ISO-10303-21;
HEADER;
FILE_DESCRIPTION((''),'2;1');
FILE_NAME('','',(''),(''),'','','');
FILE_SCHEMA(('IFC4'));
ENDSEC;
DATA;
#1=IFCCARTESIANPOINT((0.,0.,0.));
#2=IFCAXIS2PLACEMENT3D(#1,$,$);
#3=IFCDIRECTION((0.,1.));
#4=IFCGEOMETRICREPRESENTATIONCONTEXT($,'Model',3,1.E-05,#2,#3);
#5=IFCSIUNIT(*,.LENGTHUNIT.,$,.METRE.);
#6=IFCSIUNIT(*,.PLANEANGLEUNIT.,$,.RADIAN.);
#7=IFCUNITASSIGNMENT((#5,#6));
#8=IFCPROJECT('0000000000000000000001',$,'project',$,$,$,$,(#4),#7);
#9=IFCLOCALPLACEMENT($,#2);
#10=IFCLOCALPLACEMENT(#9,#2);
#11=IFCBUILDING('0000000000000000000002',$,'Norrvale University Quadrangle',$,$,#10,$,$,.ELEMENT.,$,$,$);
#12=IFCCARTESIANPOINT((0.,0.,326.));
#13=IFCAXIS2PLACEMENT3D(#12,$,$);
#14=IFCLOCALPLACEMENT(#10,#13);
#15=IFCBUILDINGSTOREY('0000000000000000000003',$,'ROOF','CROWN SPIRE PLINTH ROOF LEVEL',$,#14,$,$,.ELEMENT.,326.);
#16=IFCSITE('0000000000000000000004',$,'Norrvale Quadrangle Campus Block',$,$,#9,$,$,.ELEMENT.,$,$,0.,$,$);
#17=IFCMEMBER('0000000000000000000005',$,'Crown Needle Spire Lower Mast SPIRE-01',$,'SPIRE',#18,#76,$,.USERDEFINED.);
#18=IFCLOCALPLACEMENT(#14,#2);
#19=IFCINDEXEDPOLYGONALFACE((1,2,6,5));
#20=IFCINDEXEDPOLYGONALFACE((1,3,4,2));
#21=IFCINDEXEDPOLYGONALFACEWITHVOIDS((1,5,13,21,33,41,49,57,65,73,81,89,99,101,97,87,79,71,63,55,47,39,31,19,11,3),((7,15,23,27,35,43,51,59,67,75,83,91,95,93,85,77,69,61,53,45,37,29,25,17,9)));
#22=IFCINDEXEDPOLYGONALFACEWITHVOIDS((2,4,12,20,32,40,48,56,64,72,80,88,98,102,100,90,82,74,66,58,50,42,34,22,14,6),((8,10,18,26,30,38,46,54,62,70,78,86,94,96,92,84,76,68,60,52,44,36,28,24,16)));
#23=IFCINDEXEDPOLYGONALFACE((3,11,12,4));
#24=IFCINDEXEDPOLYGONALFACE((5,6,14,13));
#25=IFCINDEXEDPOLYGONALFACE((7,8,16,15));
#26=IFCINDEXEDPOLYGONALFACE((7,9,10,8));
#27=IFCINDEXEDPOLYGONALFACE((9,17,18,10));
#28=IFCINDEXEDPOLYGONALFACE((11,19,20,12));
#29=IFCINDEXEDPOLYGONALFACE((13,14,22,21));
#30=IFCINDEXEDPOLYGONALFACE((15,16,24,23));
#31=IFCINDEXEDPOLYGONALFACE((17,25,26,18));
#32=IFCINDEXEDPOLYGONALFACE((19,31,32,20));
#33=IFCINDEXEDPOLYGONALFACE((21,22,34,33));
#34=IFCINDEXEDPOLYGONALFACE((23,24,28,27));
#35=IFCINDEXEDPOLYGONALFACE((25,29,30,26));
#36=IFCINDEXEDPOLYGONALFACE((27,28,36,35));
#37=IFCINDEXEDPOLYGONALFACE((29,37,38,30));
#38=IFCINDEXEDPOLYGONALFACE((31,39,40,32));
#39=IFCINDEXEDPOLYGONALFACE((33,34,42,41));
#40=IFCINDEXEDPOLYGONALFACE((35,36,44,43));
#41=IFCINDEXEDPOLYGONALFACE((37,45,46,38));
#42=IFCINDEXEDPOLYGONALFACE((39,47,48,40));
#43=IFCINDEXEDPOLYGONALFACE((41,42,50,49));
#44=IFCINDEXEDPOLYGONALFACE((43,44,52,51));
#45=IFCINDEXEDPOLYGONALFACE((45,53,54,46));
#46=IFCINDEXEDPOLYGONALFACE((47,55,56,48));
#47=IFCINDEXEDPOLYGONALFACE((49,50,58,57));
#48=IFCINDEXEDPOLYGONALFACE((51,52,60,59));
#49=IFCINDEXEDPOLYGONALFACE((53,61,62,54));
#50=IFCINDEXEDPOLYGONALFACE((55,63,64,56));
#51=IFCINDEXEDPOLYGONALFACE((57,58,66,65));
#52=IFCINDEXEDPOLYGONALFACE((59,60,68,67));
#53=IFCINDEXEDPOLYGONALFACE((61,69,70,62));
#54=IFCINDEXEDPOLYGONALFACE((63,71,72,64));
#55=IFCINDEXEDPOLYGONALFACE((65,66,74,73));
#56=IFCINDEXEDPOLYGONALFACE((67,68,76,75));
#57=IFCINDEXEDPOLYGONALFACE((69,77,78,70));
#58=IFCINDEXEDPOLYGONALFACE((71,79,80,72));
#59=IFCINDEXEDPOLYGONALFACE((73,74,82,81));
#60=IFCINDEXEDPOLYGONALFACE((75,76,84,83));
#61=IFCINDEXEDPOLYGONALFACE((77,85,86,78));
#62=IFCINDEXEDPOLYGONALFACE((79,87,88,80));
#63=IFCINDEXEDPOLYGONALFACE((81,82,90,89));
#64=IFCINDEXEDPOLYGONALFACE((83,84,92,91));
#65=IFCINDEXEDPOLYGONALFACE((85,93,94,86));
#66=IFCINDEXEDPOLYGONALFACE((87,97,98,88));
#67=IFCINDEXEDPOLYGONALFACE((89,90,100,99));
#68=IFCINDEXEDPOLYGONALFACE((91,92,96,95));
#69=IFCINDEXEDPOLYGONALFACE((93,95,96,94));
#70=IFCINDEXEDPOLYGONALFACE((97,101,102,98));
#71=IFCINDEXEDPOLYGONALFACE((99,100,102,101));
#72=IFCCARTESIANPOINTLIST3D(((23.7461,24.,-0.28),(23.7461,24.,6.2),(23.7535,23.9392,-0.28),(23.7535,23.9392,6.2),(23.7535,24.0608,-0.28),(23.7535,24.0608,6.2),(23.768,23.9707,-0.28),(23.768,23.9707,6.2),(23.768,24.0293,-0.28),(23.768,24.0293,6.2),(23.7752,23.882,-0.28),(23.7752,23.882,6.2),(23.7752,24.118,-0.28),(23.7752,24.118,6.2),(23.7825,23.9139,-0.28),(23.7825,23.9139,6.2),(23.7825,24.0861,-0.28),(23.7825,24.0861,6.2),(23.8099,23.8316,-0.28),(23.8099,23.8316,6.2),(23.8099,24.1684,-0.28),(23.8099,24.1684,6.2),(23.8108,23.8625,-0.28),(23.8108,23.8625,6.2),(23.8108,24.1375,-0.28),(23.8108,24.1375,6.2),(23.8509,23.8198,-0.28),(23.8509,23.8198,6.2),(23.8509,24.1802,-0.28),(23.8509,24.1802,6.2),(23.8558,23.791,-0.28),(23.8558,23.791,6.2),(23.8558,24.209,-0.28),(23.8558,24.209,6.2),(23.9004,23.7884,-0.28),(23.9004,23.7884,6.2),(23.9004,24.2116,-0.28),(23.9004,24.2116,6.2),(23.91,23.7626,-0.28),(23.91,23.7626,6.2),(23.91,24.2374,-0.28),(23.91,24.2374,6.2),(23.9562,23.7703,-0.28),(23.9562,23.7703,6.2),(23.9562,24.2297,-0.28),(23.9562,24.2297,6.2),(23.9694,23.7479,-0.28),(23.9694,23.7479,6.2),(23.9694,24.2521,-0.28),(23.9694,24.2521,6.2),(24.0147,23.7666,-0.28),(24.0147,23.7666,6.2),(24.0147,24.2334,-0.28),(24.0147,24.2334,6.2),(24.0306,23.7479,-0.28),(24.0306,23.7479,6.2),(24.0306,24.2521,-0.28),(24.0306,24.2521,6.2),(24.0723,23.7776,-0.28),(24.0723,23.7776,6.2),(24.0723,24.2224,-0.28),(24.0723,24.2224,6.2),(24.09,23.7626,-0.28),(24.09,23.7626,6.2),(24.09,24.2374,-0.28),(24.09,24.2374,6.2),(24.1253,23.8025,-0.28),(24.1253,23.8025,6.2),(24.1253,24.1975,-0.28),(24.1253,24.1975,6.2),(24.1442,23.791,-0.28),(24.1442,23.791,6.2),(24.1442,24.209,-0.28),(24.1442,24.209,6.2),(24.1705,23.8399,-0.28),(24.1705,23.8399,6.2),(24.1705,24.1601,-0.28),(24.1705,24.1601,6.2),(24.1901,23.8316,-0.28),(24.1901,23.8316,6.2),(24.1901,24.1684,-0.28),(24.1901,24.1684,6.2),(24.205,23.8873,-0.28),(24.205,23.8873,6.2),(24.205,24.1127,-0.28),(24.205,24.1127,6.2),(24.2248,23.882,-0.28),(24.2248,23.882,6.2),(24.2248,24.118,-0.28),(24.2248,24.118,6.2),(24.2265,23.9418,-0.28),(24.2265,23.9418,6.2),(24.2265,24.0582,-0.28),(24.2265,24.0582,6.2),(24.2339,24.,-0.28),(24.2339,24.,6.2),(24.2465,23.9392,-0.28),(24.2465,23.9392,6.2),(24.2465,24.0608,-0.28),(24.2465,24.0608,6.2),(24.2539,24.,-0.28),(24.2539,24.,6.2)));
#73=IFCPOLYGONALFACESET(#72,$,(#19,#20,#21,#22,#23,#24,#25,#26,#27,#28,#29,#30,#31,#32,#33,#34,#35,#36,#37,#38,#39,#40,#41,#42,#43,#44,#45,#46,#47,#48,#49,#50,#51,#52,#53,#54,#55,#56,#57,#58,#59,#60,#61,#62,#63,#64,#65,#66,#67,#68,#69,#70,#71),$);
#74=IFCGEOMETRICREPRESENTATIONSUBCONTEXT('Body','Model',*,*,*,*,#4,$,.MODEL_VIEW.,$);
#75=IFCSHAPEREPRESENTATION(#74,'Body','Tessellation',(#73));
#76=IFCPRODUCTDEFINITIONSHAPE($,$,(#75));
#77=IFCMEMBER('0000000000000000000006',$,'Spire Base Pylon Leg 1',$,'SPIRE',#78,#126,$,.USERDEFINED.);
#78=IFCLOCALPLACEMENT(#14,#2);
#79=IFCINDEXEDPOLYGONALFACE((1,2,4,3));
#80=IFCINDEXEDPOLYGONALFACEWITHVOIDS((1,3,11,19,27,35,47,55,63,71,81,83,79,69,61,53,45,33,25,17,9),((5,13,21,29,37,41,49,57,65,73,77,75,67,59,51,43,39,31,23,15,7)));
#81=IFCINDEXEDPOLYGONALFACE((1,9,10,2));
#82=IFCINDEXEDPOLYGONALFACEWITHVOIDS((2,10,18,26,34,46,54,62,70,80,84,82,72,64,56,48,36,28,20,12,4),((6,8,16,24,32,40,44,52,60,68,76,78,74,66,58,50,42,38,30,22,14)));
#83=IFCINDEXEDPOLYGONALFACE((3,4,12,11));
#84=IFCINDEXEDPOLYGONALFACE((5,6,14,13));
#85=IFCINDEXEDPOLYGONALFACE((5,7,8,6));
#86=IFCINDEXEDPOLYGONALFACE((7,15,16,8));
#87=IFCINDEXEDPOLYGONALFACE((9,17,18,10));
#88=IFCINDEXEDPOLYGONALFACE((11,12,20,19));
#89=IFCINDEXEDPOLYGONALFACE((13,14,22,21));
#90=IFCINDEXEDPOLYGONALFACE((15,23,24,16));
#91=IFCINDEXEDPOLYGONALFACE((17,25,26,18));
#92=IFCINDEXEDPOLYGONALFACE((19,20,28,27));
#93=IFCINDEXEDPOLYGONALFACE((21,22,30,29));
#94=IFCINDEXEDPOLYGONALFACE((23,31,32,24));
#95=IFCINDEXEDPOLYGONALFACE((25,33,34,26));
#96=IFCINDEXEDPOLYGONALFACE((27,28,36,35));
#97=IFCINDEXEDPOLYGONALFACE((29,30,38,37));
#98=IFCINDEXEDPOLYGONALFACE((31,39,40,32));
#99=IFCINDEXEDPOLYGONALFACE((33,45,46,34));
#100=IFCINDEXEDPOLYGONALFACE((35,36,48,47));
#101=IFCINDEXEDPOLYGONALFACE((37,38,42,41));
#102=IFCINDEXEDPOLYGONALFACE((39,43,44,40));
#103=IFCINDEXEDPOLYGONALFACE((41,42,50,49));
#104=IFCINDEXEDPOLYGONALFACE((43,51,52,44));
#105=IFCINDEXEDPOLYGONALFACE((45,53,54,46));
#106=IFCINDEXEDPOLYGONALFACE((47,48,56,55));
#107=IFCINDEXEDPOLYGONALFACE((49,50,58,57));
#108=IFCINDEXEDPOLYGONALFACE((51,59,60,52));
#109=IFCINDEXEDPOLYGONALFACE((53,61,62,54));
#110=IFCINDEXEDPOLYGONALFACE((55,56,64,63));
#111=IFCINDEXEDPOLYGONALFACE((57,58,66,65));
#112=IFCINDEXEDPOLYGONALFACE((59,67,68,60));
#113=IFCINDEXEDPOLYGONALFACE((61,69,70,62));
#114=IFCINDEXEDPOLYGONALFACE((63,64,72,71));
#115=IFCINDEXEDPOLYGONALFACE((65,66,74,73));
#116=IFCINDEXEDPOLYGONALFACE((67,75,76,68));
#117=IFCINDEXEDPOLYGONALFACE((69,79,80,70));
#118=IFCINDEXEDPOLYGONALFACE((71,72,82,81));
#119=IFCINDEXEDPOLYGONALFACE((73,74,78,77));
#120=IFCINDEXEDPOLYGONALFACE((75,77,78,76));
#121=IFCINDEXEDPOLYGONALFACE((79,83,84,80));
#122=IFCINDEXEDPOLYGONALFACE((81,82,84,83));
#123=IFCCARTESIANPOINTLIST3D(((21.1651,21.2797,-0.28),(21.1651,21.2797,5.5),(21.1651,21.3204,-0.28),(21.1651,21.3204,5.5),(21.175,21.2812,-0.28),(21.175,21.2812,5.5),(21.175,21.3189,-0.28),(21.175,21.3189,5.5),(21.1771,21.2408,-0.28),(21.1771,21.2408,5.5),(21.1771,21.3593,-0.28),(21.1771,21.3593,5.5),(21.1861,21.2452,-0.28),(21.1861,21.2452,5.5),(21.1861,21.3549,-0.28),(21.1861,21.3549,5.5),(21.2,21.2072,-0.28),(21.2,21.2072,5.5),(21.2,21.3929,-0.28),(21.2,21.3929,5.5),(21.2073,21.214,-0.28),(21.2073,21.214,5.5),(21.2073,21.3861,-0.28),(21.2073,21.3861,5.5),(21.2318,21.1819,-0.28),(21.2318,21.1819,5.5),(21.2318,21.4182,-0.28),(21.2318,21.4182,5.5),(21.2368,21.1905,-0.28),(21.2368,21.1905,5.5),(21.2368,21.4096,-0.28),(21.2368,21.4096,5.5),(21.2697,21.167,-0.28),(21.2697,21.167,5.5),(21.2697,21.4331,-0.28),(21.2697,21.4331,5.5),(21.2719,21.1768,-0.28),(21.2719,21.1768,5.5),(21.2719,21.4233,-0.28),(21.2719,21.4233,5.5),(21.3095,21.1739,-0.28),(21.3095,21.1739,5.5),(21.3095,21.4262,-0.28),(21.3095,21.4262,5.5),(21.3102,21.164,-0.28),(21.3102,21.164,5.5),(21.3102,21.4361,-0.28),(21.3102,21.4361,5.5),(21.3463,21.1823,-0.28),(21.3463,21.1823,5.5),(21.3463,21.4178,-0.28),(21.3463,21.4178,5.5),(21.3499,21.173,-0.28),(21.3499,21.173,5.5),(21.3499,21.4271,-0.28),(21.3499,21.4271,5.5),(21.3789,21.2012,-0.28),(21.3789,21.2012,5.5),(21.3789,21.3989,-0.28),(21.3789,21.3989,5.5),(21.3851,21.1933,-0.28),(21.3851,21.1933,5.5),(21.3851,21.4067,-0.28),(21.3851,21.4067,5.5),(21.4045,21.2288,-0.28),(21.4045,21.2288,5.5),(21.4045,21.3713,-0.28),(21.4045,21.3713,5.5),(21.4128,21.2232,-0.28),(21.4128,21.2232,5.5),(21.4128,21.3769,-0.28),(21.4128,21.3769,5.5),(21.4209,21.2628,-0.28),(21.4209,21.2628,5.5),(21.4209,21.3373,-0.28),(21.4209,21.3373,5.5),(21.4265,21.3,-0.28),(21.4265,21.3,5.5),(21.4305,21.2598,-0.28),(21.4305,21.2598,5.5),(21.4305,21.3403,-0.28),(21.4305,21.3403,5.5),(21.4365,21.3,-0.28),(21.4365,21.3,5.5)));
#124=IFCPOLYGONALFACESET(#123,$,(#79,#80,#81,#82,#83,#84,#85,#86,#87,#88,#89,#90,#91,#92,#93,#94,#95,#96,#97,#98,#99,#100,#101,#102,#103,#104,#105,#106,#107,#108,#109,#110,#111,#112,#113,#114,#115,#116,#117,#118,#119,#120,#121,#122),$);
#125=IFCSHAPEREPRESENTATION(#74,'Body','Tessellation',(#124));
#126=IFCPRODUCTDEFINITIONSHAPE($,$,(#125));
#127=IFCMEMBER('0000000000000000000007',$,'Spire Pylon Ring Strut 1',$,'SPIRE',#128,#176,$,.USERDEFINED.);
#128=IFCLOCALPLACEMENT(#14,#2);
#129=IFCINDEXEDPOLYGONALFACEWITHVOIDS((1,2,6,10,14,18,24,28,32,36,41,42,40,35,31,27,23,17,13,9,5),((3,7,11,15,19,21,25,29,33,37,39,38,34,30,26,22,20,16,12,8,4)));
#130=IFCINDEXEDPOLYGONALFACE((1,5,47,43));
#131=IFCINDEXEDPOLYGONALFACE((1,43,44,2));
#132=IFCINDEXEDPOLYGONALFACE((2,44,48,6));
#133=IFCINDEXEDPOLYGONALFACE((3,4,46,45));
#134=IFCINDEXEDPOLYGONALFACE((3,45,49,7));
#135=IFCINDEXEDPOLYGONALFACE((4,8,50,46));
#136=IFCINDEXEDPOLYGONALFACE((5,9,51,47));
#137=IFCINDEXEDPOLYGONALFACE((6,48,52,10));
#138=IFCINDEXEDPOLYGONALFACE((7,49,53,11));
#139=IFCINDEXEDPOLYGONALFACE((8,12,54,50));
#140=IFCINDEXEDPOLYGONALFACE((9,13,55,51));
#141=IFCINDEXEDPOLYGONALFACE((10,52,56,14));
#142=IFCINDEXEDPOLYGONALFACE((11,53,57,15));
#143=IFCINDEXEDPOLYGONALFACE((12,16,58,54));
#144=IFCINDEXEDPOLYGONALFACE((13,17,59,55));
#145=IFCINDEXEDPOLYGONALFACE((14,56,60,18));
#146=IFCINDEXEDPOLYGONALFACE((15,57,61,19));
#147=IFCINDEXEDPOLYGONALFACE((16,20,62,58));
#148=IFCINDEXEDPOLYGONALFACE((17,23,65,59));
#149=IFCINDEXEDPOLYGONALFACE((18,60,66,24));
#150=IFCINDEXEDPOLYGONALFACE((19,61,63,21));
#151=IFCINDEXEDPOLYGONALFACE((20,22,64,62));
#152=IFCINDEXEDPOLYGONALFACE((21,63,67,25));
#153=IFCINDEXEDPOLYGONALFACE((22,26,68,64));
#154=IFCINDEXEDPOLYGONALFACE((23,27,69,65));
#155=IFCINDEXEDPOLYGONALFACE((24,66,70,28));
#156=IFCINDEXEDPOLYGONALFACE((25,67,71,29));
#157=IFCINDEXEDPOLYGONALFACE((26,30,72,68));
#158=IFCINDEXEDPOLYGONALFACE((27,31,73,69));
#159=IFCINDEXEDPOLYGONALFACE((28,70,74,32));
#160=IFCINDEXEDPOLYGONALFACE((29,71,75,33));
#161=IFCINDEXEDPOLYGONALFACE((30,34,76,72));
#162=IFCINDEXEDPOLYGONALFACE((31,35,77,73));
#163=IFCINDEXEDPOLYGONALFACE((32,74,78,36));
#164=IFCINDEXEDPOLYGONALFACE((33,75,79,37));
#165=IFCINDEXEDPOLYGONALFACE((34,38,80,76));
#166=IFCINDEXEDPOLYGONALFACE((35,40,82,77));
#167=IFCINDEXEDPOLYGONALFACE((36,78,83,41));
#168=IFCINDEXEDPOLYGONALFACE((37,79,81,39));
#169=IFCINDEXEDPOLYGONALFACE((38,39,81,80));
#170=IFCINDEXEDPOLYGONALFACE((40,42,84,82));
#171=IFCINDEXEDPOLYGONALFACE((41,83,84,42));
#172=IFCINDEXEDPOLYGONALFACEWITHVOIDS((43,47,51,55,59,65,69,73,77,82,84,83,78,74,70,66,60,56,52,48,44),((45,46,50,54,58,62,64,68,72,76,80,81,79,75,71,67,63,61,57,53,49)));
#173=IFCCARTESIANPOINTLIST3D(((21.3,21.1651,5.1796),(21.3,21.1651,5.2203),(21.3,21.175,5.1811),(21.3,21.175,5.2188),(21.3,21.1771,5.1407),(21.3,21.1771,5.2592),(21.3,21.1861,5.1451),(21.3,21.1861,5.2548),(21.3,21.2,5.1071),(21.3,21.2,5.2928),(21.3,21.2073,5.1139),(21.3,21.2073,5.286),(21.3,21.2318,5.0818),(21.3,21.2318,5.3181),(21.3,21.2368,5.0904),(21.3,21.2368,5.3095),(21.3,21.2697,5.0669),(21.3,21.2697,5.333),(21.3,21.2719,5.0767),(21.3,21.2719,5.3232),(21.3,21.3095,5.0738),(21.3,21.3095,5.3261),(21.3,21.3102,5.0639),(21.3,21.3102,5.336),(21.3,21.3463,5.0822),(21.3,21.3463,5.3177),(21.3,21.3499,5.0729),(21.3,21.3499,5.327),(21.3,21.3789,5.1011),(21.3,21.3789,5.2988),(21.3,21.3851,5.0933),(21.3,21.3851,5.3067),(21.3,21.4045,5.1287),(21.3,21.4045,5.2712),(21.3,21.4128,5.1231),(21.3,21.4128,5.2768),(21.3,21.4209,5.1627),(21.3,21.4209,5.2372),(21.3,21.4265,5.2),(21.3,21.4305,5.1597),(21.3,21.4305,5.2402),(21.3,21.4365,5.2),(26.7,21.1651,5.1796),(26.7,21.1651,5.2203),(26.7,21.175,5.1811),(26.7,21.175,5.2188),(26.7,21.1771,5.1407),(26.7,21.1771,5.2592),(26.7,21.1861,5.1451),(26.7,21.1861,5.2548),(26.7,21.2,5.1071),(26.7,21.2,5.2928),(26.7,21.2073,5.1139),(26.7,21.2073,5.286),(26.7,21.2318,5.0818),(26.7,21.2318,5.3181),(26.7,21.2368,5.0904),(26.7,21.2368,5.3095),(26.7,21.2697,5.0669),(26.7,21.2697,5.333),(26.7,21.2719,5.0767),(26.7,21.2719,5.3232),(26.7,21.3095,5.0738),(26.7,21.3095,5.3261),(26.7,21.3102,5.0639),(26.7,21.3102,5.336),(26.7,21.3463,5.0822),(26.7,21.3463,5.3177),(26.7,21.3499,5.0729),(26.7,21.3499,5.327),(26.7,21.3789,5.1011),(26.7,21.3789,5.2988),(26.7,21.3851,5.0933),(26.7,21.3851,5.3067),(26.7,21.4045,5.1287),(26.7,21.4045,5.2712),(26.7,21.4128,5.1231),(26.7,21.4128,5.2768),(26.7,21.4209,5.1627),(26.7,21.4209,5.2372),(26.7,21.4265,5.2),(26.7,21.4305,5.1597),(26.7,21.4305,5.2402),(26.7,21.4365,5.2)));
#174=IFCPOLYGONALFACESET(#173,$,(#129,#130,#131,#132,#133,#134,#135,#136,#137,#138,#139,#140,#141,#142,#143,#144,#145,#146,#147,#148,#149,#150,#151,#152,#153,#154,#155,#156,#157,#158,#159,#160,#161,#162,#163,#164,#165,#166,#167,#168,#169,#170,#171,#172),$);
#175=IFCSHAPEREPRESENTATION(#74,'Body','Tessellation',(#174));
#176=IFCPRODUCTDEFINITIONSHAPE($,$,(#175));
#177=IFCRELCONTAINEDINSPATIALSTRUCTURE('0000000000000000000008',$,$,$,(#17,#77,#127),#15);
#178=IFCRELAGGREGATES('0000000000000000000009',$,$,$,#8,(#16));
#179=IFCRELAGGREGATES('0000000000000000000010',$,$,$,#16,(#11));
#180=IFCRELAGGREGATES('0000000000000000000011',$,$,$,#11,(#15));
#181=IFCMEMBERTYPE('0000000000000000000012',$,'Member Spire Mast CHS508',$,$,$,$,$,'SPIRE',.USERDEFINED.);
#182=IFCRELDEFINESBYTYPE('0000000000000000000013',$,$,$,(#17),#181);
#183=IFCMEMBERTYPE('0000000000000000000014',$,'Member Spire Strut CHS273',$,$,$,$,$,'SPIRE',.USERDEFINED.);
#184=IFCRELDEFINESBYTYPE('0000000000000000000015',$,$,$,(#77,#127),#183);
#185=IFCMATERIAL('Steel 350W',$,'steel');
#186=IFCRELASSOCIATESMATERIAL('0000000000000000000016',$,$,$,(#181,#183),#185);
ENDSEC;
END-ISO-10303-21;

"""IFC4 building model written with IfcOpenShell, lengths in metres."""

from ifc_helpers import new_model, si_unit, direction, frame, origin, origin_2d, place, context, subcontext, project, spatial, hollow_circle, extrude, material, material_profile, profile_set, type_object, element, save


model = new_model("IFC4")

# Units and contexts
model_context = context("Model", 3, precision=1e-05, world=origin(), true_north=direction((0.0, 1.0)))
body_context = subcontext(model_context, "Body", "Model", "MODEL_VIEW")
ifc_project = project(units=[si_unit("LENGTHUNIT", "METRE"), si_unit("PLANEANGLEUNIT", "RADIAN")], contexts=[model_context])

# Site, building, storey
site_placement = place(None, origin())
site = spatial("IfcSite", under=ifc_project, at=site_placement, Name="Norrvale Quadrangle Campus Block", CompositionType="ELEMENT", RefElevation=0.0)
building_placement = place(site_placement, origin())
building = spatial("IfcBuilding", under=site, at=building_placement, Name="Norrvale University Quadrangle", CompositionType="ELEMENT")
storey_placement = place(building_placement, frame((0.0, 0.0, 326.0)))
storey = spatial("IfcBuildingStorey", under=building, at=storey_placement, Name="ROOF", Description="CROWN SPIRE PLINTH ROOF LEVEL", CompositionType="ELEMENT", Elevation=326.0)

# Shared definitions
ifc_material_1 = material(Name="Steel 350W", Category="steel")

# Members
ifc_material_profile_1 = material_profile(ifc_material_1, hollow_circle(Radius=0.2539, WallThickness=0.02, at=origin_2d()), Name="Steel 350W")
ifc_profile_set_1 = profile_set([ifc_material_profile_1], Name="Steel 350W")
member_type_1 = type_object("IfcMemberType", Name="Member Spire Mast CHS508", ElementType="SPIRE", PredefinedType="USERDEFINED", material=ifc_profile_set_1)
member_1_placement = place(storey_placement, frame((24.0, 24.0, -0.28), z_axis=(0.0, 0.0, 1.0), x_axis=(1.0, 0.0, 0.0)))
element("IfcMember", 1, at=member_1_placement, inside=storey, type_object=member_type_1, Name="Crown Needle Spire Lower Mast SPIRE-01", ObjectType="SPIRE", PredefinedType="USERDEFINED", context=body_context, shape_type="SweptSolid", body=[
    extrude(hollow_circle(Radius=0.2539, WallThickness=0.02, at=origin_2d()), origin(), (0.0, 0.0, 1.0), 6.48),
])
ifc_material_profile_2 = material_profile(ifc_material_1, hollow_circle(Radius=0.1365, WallThickness=0.01, at=origin_2d()), Name="Steel 350W")
ifc_profile_set_2 = profile_set([ifc_material_profile_2], Name="Steel 350W")
member_type_2 = type_object("IfcMemberType", Name="Member Spire Strut CHS273", ElementType="SPIRE", PredefinedType="USERDEFINED", material=ifc_profile_set_2)
member_2_placement = place(storey_placement, frame((21.3, 21.3, -0.28), z_axis=(0.0, 0.0, 1.0), x_axis=(1.0, 0.0, 0.0)))
element("IfcMember", 2, at=member_2_placement, inside=storey, type_object=member_type_2, Name="Spire Base Pylon Leg 1", ObjectType="SPIRE", PredefinedType="USERDEFINED", context=body_context, shape_type="SweptSolid", body=[
    extrude(hollow_circle(Radius=0.1365, WallThickness=0.01, at=origin_2d()), origin(), (0.0, 0.0, 1.0), 5.78),
])
member_3_placement = place(storey_placement, frame((21.3, 21.3, 5.2), z_axis=(1.0, 0.0, 0.0), x_axis=(0.0, 1.0, 0.0)))
element("IfcMember", 3, at=member_3_placement, inside=storey, type_object=member_type_2, Name="Spire Pylon Ring Strut 1", ObjectType="SPIRE", PredefinedType="USERDEFINED", context=body_context, shape_type="SweptSolid", body=[
    extrude(hollow_circle(Radius=0.1365, WallThickness=0.01, at=origin_2d()), origin(), (0.0, 0.0, 1.0), 5.3999),
])

save(model, "model.ifc")
